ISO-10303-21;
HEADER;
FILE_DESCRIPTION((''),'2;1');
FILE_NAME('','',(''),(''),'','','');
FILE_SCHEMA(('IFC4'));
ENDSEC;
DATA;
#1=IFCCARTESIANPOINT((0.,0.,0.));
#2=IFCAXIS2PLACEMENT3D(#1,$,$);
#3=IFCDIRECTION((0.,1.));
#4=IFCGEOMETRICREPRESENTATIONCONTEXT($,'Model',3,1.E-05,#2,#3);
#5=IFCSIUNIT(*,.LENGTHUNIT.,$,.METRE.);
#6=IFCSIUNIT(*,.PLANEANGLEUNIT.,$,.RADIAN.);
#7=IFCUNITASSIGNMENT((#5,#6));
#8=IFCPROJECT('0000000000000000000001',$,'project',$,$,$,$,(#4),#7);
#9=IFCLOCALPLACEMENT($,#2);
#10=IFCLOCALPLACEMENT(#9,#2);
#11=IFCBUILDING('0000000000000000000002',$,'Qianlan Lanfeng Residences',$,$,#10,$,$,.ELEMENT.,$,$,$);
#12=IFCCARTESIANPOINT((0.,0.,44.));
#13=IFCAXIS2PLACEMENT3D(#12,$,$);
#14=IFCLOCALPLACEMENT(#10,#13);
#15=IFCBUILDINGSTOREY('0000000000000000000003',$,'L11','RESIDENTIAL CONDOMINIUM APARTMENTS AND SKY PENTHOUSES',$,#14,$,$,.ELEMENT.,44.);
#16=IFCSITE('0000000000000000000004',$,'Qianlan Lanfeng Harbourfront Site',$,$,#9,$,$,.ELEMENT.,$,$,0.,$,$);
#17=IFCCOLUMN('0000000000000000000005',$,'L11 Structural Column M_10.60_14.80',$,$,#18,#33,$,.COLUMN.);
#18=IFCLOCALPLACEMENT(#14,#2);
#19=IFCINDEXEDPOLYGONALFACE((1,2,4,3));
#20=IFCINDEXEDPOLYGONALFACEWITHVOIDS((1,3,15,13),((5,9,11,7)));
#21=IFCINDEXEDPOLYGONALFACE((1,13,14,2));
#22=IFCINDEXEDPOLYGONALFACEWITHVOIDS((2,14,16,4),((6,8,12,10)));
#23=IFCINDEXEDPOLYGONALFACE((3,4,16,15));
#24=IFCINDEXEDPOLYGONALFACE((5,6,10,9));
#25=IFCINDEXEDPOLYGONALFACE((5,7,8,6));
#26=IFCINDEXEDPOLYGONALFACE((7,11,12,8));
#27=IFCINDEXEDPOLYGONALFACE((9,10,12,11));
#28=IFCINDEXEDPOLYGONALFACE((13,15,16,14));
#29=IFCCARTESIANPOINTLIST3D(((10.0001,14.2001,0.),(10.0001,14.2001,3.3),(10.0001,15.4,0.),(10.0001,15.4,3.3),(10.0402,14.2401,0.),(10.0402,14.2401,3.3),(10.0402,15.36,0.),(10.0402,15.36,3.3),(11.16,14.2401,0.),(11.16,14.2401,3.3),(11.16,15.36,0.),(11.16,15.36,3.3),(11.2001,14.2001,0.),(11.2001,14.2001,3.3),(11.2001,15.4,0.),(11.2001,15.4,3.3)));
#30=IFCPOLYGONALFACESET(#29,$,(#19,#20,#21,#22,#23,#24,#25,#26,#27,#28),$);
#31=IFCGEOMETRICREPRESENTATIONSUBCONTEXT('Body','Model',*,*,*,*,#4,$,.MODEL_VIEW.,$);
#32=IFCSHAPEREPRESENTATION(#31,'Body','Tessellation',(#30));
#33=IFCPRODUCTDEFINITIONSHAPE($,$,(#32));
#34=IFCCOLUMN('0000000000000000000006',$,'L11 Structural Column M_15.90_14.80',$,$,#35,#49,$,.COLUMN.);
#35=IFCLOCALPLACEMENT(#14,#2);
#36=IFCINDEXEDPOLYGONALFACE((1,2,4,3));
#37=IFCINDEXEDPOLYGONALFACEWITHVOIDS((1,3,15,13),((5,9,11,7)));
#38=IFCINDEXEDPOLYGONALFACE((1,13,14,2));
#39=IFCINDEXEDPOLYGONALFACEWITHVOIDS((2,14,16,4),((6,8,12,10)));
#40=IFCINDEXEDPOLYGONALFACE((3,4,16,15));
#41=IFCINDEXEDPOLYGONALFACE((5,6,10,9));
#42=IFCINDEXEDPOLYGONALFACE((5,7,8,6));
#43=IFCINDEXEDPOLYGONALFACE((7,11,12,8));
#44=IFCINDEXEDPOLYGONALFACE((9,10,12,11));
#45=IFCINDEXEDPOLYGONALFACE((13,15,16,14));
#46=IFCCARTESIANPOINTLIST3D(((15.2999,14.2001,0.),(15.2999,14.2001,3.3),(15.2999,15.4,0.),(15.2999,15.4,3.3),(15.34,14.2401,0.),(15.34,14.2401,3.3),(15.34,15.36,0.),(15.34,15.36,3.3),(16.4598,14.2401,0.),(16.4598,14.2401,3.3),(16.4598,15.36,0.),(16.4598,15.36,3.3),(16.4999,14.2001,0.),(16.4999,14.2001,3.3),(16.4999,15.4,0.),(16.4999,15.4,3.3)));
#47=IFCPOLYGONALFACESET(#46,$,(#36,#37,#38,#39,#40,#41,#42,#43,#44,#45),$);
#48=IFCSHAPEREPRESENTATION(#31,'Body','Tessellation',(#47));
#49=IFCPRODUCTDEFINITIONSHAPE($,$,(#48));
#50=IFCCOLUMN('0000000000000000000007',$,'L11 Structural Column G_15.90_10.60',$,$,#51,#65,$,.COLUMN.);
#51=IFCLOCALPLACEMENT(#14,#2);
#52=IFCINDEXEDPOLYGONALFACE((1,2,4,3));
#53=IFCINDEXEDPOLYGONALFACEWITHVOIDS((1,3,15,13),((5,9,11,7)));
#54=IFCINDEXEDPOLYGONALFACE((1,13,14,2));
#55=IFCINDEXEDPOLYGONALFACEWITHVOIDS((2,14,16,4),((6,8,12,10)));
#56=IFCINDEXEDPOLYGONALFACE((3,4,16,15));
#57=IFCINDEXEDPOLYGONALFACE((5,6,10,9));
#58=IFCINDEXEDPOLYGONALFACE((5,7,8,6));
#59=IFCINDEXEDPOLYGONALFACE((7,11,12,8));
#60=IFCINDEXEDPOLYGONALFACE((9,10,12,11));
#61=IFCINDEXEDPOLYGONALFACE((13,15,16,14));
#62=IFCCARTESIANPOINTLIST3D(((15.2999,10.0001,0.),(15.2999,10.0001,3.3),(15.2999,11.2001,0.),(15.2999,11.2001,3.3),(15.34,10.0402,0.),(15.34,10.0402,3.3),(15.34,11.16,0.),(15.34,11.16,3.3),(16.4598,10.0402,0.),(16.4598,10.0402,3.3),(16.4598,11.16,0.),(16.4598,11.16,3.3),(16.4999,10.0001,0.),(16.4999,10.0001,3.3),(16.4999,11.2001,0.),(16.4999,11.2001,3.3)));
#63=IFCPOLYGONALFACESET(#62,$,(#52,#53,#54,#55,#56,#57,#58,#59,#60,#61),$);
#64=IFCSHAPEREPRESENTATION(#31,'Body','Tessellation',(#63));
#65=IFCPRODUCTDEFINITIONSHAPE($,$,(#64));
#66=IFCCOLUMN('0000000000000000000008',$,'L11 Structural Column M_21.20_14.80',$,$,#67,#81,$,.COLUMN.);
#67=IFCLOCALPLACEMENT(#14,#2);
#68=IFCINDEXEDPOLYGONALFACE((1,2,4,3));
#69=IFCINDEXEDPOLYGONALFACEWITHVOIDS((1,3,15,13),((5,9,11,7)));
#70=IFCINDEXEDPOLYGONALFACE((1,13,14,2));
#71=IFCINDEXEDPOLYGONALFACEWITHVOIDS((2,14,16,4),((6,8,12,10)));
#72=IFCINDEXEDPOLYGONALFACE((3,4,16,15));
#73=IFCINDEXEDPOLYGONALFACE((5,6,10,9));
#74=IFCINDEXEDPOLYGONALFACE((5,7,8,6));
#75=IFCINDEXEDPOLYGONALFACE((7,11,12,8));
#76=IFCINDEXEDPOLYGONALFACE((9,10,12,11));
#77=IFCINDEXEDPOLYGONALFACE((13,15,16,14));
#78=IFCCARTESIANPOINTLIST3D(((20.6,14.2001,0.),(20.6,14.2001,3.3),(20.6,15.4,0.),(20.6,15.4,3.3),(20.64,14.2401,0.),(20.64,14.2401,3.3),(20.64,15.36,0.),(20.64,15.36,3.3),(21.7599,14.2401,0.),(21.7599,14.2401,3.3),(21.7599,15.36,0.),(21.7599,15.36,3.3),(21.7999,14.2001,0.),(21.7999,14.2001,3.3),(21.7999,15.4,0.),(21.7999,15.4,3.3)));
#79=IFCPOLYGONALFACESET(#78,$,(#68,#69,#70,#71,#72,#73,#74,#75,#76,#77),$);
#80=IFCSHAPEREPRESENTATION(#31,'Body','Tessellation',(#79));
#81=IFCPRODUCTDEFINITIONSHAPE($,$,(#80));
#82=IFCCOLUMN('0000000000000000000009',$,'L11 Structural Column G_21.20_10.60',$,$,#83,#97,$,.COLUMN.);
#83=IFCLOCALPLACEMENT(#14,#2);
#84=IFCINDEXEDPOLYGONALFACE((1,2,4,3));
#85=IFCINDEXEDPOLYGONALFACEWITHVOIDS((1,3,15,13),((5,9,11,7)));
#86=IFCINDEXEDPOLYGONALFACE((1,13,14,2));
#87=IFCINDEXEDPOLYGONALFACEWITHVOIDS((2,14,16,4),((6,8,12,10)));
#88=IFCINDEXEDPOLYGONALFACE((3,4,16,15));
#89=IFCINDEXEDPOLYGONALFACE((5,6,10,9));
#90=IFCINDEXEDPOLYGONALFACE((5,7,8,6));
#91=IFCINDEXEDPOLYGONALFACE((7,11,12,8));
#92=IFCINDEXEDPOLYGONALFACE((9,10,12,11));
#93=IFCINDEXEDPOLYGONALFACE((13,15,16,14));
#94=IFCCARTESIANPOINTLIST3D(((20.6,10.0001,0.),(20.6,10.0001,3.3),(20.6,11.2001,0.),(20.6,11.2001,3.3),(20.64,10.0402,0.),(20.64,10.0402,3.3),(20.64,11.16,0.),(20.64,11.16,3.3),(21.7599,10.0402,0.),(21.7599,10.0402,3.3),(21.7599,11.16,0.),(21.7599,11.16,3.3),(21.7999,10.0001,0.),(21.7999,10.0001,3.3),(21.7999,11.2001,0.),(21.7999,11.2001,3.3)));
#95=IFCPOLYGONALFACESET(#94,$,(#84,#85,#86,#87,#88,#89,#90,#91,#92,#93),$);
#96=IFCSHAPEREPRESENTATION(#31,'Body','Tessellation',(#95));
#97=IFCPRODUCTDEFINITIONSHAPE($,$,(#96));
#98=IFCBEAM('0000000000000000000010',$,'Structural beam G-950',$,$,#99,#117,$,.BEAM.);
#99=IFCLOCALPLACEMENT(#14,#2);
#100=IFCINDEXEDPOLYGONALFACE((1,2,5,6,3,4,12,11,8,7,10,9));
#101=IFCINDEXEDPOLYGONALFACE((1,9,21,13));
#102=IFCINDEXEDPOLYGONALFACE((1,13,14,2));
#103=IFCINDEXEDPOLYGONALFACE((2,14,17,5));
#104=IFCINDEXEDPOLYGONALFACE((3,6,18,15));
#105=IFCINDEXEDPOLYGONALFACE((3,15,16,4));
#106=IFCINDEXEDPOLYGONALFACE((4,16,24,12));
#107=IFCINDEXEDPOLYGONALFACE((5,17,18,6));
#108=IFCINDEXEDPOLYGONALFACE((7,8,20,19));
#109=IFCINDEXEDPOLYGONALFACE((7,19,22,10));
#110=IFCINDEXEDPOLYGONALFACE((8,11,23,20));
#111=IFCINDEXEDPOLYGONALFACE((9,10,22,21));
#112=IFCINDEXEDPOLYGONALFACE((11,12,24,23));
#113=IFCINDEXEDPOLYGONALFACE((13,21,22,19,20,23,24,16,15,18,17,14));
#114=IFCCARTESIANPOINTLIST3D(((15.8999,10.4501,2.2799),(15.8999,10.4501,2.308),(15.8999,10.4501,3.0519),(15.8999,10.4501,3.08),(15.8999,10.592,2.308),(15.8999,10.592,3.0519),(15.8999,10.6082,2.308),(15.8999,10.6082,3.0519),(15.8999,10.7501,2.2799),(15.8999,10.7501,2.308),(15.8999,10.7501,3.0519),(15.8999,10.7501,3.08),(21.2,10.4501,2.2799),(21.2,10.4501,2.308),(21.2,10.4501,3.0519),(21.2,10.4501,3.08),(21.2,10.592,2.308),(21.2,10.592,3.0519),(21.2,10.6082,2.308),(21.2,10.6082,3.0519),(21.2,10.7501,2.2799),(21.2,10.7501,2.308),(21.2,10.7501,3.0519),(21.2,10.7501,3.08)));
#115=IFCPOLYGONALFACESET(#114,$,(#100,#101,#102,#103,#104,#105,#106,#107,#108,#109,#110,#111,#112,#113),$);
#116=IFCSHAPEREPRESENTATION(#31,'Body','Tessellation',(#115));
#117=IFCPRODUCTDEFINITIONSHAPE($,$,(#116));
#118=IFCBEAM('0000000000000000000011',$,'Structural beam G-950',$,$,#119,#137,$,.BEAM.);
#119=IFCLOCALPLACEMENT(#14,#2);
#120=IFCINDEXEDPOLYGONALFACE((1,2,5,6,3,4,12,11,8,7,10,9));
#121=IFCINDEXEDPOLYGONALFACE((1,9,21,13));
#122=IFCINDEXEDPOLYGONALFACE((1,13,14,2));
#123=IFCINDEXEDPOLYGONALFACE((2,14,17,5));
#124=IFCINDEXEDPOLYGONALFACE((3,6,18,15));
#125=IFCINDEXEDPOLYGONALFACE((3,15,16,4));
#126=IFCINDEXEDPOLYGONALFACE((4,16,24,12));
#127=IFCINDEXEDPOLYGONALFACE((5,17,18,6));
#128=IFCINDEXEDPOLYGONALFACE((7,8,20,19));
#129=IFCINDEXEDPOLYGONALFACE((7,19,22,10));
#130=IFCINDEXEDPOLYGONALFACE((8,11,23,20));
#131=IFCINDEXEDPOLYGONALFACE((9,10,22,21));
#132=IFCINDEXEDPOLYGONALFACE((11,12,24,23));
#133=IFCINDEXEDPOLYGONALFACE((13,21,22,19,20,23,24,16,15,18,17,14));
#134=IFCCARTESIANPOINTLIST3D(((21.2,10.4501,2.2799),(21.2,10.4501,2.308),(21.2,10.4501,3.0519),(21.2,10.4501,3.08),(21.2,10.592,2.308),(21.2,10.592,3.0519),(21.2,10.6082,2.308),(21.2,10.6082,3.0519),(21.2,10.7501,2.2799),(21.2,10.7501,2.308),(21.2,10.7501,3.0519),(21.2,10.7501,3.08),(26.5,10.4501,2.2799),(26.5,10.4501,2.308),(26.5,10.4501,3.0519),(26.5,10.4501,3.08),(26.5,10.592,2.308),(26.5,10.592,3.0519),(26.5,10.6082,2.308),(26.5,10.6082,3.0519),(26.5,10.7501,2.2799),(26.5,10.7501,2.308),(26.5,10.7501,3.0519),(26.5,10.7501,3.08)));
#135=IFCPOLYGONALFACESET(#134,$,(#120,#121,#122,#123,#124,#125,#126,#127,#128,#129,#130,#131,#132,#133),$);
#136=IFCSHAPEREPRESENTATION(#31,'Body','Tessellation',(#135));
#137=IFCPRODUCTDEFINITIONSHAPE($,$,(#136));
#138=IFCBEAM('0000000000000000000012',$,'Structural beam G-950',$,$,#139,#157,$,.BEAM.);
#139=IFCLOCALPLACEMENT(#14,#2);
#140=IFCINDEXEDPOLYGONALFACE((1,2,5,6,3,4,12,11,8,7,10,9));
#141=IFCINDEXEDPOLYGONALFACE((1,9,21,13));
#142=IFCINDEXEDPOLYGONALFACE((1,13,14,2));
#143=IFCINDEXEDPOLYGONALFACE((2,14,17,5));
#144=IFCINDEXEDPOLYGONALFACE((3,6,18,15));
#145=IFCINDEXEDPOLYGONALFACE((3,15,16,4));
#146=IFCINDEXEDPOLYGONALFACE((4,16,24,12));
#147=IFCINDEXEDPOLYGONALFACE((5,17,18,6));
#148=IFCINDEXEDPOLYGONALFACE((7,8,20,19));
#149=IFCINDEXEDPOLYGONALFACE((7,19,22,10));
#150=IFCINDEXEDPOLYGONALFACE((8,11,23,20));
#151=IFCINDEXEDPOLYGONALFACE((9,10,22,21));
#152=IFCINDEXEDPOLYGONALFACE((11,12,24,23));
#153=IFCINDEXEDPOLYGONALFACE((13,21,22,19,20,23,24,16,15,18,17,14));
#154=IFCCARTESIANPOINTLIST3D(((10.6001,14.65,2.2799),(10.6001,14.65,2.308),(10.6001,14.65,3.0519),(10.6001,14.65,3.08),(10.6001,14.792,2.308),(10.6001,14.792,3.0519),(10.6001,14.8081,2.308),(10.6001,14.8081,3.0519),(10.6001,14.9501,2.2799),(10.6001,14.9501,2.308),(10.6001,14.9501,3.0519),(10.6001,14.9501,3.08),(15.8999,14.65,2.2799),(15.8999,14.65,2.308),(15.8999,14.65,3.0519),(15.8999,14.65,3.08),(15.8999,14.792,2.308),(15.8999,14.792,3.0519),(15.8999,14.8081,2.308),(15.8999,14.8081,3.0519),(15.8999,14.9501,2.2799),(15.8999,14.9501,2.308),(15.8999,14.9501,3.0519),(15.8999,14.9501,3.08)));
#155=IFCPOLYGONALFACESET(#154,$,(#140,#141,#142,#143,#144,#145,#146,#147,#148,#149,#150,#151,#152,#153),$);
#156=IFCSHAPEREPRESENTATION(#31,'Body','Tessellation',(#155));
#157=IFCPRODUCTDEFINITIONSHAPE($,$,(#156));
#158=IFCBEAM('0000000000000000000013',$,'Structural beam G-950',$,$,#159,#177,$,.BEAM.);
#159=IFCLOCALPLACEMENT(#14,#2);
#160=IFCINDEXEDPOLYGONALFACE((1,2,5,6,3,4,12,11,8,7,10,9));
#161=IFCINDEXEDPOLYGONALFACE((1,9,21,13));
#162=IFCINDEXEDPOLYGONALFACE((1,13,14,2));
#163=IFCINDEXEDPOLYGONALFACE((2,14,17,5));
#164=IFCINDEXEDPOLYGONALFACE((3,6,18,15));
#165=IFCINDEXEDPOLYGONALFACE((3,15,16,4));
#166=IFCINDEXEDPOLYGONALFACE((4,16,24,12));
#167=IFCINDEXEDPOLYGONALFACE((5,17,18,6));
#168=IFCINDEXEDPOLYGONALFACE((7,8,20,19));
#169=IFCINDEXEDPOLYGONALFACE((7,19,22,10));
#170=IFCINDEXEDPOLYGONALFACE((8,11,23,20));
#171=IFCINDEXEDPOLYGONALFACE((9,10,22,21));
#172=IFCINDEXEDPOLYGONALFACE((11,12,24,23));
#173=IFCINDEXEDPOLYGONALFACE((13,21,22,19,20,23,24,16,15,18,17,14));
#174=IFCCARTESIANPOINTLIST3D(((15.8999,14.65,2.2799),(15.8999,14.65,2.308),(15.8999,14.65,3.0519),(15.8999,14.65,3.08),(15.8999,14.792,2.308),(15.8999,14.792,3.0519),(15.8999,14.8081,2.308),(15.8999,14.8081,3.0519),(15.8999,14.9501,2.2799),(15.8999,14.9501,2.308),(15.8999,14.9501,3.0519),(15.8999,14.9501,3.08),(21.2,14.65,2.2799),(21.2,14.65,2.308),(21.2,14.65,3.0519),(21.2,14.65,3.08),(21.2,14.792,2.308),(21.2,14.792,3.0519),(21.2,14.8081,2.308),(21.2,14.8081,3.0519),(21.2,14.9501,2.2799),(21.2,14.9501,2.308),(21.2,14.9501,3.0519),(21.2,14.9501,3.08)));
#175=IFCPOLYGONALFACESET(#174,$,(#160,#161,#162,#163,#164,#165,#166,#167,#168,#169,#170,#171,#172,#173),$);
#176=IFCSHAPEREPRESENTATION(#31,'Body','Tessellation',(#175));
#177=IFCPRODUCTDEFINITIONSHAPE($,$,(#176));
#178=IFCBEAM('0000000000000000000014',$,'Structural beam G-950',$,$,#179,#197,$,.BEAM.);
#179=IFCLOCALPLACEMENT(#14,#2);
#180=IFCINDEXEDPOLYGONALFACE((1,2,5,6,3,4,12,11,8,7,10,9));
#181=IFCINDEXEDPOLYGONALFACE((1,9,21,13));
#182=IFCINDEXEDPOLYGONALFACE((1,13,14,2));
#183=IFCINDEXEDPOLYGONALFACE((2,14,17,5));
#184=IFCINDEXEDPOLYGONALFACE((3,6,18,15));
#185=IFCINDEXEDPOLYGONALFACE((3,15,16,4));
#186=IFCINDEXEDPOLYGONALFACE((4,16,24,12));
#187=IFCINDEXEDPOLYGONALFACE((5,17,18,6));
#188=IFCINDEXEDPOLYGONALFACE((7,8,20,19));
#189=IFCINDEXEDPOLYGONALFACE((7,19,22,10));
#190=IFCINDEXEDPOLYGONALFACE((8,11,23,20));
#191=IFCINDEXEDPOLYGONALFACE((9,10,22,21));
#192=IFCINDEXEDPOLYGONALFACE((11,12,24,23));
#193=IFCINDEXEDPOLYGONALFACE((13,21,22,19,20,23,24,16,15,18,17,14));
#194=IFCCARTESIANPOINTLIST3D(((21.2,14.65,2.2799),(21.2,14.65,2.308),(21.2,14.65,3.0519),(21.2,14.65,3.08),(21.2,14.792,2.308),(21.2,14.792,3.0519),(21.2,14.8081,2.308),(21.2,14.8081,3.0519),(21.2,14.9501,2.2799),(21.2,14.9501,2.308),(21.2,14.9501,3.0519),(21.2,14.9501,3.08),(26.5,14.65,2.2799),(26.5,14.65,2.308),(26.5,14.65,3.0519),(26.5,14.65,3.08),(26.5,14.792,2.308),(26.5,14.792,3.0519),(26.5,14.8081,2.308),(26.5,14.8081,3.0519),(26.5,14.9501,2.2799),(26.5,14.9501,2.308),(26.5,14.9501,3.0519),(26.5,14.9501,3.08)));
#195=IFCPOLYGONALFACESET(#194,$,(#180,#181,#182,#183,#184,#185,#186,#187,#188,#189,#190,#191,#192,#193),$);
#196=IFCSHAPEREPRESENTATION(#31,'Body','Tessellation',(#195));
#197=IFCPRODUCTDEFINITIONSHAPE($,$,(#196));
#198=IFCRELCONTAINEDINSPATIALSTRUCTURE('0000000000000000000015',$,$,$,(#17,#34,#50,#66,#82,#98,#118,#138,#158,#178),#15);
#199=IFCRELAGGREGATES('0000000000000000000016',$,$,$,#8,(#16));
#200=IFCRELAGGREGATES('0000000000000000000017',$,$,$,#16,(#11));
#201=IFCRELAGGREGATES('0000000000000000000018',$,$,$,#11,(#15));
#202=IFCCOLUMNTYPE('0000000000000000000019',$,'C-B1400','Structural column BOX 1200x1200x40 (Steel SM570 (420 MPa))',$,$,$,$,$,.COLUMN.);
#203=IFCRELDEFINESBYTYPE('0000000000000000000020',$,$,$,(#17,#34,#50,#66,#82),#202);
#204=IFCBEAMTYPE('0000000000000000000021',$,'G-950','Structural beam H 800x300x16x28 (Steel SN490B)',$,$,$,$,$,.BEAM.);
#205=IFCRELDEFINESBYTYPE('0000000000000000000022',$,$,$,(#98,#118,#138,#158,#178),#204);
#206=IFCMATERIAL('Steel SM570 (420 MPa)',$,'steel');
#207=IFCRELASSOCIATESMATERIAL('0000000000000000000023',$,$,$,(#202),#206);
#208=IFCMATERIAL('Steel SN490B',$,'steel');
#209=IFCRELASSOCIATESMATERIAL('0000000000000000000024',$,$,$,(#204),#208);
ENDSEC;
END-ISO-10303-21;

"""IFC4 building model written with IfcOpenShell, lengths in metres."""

from ifc_helpers import new_model, si_unit, direction, frame, origin, origin_2d, place, context, subcontext, project, spatial, hollow_rectangle, i_section, extrude, material, material_profile, profile_set, type_object, element, save


model = new_model("IFC4")

# Units and contexts
model_context = context("Model", 3, precision=1e-05, world=origin(), true_north=direction((0.0, 1.0)))
body_context = subcontext(model_context, "Body", "Model", "MODEL_VIEW")
ifc_project = project(units=[si_unit("LENGTHUNIT", "METRE"), si_unit("PLANEANGLEUNIT", "RADIAN")], contexts=[model_context])

# Site, building, storey
site_placement = place(None, origin())
site = spatial("IfcSite", under=ifc_project, at=site_placement, Name="Qianlan Lanfeng Harbourfront Site", CompositionType="ELEMENT", RefElevation=0.0)
building_placement = place(site_placement, origin())
building = spatial("IfcBuilding", under=site, at=building_placement, Name="Qianlan Lanfeng Residences", CompositionType="ELEMENT")
storey_placement = place(building_placement, frame((0.0, 0.0, 44.0)))
storey = spatial("IfcBuildingStorey", under=building, at=storey_placement, Name="L11", Description="RESIDENTIAL CONDOMINIUM APARTMENTS AND SKY PENTHOUSES", CompositionType="ELEMENT", Elevation=44.0)

# Columns
ifc_material_1 = material(Name="Steel SM570 (420 MPa)", Category="steel")
ifc_material_profile_1 = material_profile(ifc_material_1, hollow_rectangle(XDim=1.2, YDim=1.2, WallThickness=0.04, at=origin_2d()), Name="BOX 1200x1200x40")
ifc_profile_set_1 = profile_set([ifc_material_profile_1], Name="Steel SM570 (420 MPa)")
column_type = type_object("IfcColumnType", Name="C-B1400", Description="Structural column BOX 1200x1200x40 (Steel SM570 (420 MPa))", PredefinedType="COLUMN", material=ifc_profile_set_1)
for number, where, z_axis, x_axis, name in (
    (1, (10.6001, 14.8, 0.0), (0.0, 0.0, 1.0), (1.0, 0.0, 0.0), "L11 Structural Column M_10.60_14.80"),
    (2, (15.8999, 14.8, 0.0), (0.0, 0.0, 1.0), (1.0, 0.0, 0.0), "L11 Structural Column M_15.90_14.80"),
    (3, (15.8999, 10.6001, 0.0), (0.0, 0.0, 1.0), (1.0, 0.0, 0.0), "L11 Structural Column G_15.90_10.60"),
    (4, (21.2, 14.8, 0.0), (0.0, 0.0, 1.0), (1.0, 0.0, 0.0), "L11 Structural Column M_21.20_14.80"),
    (5, (21.2, 10.6001, 0.0), (0.0, 0.0, 1.0), (1.0, 0.0, 0.0), "L11 Structural Column G_21.20_10.60"),
):
    element("IfcColumn", number, at=place(storey_placement, frame(where, z_axis=z_axis, x_axis=x_axis)), inside=storey, type_object=column_type, Name=name, PredefinedType="COLUMN", context=body_context, shape_type="SweptSolid", body=[
        extrude(hollow_rectangle(XDim=1.2, YDim=1.2, WallThickness=0.04, at=origin_2d()), origin(), (0.0, 0.0, 1.0), 3.3),
    ])

# Beams
ifc_material_2 = material(Name="Steel SN490B", Category="steel")
ifc_material_profile_2 = material_profile(ifc_material_2, i_section(OverallWidth=0.3, OverallDepth=0.8, WebThickness=0.0161, FlangeThickness=0.0281, at=origin_2d()), Name="H 800x300x16x28")
ifc_profile_set_2 = profile_set([ifc_material_profile_2], Name="Steel SN490B")
beam_type_1 = type_object("IfcBeamType", Name="G-950", Description="Structural beam H 800x300x16x28 (Steel SN490B)", PredefinedType="BEAM", material=ifc_profile_set_2)
for number, where, z_axis, x_axis, name in (
    (6, (15.8999, 10.6001, 2.6799), (1.0, 0.0, 0.0), (0.0, 1.0, 0.0), "Structural beam G-950"),
    (7, (21.2, 10.6001, 2.6799), (1.0, 0.0, 0.0), (0.0, 1.0, 0.0), "Structural beam G-950"),
):
    element("IfcBeam", number, at=place(storey_placement, frame(where, z_axis=z_axis, x_axis=x_axis)), inside=storey, type_object=beam_type_1, Name=name, PredefinedType="BEAM", context=body_context, shape_type="SweptSolid", body=[
        extrude(i_section(OverallWidth=0.3, OverallDepth=0.8, WebThickness=0.0161, FlangeThickness=0.0281, at=origin_2d()), origin(), (0.0, 0.0, 1.0), 5.3),
    ])
beam_1_placement = place(storey_placement, frame((10.6001, 14.8, 2.6799), z_axis=(1.0, 0.0, 0.0), x_axis=(0.0, 1.0, 0.0)))
element("IfcBeam", 8, at=beam_1_placement, inside=storey, type_object=beam_type_1, Name="Structural beam G-950", PredefinedType="BEAM", context=body_context, shape_type="SweptSolid", body=[
    extrude(i_section(OverallWidth=0.3, OverallDepth=0.8, WebThickness=0.0161, FlangeThickness=0.0281, at=origin_2d()), origin(), (0.0, 0.0, 1.0), 5.2998),
])
for number, where, z_axis, x_axis, name in (
    (9, (15.8999, 14.8, 2.6799), (1.0, 0.0, 0.0), (0.0, 1.0, 0.0), "Structural beam G-950"),
    (10, (21.2, 14.8, 2.6799), (1.0, 0.0, 0.0), (0.0, 1.0, 0.0), "Structural beam G-950"),
):
    element("IfcBeam", number, at=place(storey_placement, frame(where, z_axis=z_axis, x_axis=x_axis)), inside=storey, type_object=beam_type_1, Name=name, PredefinedType="BEAM", context=body_context, shape_type="SweptSolid", body=[
        extrude(i_section(OverallWidth=0.3, OverallDepth=0.8, WebThickness=0.0161, FlangeThickness=0.0281, at=origin_2d()), origin(), (0.0, 0.0, 1.0), 5.3),
    ])

save(model, "model.ifc")
